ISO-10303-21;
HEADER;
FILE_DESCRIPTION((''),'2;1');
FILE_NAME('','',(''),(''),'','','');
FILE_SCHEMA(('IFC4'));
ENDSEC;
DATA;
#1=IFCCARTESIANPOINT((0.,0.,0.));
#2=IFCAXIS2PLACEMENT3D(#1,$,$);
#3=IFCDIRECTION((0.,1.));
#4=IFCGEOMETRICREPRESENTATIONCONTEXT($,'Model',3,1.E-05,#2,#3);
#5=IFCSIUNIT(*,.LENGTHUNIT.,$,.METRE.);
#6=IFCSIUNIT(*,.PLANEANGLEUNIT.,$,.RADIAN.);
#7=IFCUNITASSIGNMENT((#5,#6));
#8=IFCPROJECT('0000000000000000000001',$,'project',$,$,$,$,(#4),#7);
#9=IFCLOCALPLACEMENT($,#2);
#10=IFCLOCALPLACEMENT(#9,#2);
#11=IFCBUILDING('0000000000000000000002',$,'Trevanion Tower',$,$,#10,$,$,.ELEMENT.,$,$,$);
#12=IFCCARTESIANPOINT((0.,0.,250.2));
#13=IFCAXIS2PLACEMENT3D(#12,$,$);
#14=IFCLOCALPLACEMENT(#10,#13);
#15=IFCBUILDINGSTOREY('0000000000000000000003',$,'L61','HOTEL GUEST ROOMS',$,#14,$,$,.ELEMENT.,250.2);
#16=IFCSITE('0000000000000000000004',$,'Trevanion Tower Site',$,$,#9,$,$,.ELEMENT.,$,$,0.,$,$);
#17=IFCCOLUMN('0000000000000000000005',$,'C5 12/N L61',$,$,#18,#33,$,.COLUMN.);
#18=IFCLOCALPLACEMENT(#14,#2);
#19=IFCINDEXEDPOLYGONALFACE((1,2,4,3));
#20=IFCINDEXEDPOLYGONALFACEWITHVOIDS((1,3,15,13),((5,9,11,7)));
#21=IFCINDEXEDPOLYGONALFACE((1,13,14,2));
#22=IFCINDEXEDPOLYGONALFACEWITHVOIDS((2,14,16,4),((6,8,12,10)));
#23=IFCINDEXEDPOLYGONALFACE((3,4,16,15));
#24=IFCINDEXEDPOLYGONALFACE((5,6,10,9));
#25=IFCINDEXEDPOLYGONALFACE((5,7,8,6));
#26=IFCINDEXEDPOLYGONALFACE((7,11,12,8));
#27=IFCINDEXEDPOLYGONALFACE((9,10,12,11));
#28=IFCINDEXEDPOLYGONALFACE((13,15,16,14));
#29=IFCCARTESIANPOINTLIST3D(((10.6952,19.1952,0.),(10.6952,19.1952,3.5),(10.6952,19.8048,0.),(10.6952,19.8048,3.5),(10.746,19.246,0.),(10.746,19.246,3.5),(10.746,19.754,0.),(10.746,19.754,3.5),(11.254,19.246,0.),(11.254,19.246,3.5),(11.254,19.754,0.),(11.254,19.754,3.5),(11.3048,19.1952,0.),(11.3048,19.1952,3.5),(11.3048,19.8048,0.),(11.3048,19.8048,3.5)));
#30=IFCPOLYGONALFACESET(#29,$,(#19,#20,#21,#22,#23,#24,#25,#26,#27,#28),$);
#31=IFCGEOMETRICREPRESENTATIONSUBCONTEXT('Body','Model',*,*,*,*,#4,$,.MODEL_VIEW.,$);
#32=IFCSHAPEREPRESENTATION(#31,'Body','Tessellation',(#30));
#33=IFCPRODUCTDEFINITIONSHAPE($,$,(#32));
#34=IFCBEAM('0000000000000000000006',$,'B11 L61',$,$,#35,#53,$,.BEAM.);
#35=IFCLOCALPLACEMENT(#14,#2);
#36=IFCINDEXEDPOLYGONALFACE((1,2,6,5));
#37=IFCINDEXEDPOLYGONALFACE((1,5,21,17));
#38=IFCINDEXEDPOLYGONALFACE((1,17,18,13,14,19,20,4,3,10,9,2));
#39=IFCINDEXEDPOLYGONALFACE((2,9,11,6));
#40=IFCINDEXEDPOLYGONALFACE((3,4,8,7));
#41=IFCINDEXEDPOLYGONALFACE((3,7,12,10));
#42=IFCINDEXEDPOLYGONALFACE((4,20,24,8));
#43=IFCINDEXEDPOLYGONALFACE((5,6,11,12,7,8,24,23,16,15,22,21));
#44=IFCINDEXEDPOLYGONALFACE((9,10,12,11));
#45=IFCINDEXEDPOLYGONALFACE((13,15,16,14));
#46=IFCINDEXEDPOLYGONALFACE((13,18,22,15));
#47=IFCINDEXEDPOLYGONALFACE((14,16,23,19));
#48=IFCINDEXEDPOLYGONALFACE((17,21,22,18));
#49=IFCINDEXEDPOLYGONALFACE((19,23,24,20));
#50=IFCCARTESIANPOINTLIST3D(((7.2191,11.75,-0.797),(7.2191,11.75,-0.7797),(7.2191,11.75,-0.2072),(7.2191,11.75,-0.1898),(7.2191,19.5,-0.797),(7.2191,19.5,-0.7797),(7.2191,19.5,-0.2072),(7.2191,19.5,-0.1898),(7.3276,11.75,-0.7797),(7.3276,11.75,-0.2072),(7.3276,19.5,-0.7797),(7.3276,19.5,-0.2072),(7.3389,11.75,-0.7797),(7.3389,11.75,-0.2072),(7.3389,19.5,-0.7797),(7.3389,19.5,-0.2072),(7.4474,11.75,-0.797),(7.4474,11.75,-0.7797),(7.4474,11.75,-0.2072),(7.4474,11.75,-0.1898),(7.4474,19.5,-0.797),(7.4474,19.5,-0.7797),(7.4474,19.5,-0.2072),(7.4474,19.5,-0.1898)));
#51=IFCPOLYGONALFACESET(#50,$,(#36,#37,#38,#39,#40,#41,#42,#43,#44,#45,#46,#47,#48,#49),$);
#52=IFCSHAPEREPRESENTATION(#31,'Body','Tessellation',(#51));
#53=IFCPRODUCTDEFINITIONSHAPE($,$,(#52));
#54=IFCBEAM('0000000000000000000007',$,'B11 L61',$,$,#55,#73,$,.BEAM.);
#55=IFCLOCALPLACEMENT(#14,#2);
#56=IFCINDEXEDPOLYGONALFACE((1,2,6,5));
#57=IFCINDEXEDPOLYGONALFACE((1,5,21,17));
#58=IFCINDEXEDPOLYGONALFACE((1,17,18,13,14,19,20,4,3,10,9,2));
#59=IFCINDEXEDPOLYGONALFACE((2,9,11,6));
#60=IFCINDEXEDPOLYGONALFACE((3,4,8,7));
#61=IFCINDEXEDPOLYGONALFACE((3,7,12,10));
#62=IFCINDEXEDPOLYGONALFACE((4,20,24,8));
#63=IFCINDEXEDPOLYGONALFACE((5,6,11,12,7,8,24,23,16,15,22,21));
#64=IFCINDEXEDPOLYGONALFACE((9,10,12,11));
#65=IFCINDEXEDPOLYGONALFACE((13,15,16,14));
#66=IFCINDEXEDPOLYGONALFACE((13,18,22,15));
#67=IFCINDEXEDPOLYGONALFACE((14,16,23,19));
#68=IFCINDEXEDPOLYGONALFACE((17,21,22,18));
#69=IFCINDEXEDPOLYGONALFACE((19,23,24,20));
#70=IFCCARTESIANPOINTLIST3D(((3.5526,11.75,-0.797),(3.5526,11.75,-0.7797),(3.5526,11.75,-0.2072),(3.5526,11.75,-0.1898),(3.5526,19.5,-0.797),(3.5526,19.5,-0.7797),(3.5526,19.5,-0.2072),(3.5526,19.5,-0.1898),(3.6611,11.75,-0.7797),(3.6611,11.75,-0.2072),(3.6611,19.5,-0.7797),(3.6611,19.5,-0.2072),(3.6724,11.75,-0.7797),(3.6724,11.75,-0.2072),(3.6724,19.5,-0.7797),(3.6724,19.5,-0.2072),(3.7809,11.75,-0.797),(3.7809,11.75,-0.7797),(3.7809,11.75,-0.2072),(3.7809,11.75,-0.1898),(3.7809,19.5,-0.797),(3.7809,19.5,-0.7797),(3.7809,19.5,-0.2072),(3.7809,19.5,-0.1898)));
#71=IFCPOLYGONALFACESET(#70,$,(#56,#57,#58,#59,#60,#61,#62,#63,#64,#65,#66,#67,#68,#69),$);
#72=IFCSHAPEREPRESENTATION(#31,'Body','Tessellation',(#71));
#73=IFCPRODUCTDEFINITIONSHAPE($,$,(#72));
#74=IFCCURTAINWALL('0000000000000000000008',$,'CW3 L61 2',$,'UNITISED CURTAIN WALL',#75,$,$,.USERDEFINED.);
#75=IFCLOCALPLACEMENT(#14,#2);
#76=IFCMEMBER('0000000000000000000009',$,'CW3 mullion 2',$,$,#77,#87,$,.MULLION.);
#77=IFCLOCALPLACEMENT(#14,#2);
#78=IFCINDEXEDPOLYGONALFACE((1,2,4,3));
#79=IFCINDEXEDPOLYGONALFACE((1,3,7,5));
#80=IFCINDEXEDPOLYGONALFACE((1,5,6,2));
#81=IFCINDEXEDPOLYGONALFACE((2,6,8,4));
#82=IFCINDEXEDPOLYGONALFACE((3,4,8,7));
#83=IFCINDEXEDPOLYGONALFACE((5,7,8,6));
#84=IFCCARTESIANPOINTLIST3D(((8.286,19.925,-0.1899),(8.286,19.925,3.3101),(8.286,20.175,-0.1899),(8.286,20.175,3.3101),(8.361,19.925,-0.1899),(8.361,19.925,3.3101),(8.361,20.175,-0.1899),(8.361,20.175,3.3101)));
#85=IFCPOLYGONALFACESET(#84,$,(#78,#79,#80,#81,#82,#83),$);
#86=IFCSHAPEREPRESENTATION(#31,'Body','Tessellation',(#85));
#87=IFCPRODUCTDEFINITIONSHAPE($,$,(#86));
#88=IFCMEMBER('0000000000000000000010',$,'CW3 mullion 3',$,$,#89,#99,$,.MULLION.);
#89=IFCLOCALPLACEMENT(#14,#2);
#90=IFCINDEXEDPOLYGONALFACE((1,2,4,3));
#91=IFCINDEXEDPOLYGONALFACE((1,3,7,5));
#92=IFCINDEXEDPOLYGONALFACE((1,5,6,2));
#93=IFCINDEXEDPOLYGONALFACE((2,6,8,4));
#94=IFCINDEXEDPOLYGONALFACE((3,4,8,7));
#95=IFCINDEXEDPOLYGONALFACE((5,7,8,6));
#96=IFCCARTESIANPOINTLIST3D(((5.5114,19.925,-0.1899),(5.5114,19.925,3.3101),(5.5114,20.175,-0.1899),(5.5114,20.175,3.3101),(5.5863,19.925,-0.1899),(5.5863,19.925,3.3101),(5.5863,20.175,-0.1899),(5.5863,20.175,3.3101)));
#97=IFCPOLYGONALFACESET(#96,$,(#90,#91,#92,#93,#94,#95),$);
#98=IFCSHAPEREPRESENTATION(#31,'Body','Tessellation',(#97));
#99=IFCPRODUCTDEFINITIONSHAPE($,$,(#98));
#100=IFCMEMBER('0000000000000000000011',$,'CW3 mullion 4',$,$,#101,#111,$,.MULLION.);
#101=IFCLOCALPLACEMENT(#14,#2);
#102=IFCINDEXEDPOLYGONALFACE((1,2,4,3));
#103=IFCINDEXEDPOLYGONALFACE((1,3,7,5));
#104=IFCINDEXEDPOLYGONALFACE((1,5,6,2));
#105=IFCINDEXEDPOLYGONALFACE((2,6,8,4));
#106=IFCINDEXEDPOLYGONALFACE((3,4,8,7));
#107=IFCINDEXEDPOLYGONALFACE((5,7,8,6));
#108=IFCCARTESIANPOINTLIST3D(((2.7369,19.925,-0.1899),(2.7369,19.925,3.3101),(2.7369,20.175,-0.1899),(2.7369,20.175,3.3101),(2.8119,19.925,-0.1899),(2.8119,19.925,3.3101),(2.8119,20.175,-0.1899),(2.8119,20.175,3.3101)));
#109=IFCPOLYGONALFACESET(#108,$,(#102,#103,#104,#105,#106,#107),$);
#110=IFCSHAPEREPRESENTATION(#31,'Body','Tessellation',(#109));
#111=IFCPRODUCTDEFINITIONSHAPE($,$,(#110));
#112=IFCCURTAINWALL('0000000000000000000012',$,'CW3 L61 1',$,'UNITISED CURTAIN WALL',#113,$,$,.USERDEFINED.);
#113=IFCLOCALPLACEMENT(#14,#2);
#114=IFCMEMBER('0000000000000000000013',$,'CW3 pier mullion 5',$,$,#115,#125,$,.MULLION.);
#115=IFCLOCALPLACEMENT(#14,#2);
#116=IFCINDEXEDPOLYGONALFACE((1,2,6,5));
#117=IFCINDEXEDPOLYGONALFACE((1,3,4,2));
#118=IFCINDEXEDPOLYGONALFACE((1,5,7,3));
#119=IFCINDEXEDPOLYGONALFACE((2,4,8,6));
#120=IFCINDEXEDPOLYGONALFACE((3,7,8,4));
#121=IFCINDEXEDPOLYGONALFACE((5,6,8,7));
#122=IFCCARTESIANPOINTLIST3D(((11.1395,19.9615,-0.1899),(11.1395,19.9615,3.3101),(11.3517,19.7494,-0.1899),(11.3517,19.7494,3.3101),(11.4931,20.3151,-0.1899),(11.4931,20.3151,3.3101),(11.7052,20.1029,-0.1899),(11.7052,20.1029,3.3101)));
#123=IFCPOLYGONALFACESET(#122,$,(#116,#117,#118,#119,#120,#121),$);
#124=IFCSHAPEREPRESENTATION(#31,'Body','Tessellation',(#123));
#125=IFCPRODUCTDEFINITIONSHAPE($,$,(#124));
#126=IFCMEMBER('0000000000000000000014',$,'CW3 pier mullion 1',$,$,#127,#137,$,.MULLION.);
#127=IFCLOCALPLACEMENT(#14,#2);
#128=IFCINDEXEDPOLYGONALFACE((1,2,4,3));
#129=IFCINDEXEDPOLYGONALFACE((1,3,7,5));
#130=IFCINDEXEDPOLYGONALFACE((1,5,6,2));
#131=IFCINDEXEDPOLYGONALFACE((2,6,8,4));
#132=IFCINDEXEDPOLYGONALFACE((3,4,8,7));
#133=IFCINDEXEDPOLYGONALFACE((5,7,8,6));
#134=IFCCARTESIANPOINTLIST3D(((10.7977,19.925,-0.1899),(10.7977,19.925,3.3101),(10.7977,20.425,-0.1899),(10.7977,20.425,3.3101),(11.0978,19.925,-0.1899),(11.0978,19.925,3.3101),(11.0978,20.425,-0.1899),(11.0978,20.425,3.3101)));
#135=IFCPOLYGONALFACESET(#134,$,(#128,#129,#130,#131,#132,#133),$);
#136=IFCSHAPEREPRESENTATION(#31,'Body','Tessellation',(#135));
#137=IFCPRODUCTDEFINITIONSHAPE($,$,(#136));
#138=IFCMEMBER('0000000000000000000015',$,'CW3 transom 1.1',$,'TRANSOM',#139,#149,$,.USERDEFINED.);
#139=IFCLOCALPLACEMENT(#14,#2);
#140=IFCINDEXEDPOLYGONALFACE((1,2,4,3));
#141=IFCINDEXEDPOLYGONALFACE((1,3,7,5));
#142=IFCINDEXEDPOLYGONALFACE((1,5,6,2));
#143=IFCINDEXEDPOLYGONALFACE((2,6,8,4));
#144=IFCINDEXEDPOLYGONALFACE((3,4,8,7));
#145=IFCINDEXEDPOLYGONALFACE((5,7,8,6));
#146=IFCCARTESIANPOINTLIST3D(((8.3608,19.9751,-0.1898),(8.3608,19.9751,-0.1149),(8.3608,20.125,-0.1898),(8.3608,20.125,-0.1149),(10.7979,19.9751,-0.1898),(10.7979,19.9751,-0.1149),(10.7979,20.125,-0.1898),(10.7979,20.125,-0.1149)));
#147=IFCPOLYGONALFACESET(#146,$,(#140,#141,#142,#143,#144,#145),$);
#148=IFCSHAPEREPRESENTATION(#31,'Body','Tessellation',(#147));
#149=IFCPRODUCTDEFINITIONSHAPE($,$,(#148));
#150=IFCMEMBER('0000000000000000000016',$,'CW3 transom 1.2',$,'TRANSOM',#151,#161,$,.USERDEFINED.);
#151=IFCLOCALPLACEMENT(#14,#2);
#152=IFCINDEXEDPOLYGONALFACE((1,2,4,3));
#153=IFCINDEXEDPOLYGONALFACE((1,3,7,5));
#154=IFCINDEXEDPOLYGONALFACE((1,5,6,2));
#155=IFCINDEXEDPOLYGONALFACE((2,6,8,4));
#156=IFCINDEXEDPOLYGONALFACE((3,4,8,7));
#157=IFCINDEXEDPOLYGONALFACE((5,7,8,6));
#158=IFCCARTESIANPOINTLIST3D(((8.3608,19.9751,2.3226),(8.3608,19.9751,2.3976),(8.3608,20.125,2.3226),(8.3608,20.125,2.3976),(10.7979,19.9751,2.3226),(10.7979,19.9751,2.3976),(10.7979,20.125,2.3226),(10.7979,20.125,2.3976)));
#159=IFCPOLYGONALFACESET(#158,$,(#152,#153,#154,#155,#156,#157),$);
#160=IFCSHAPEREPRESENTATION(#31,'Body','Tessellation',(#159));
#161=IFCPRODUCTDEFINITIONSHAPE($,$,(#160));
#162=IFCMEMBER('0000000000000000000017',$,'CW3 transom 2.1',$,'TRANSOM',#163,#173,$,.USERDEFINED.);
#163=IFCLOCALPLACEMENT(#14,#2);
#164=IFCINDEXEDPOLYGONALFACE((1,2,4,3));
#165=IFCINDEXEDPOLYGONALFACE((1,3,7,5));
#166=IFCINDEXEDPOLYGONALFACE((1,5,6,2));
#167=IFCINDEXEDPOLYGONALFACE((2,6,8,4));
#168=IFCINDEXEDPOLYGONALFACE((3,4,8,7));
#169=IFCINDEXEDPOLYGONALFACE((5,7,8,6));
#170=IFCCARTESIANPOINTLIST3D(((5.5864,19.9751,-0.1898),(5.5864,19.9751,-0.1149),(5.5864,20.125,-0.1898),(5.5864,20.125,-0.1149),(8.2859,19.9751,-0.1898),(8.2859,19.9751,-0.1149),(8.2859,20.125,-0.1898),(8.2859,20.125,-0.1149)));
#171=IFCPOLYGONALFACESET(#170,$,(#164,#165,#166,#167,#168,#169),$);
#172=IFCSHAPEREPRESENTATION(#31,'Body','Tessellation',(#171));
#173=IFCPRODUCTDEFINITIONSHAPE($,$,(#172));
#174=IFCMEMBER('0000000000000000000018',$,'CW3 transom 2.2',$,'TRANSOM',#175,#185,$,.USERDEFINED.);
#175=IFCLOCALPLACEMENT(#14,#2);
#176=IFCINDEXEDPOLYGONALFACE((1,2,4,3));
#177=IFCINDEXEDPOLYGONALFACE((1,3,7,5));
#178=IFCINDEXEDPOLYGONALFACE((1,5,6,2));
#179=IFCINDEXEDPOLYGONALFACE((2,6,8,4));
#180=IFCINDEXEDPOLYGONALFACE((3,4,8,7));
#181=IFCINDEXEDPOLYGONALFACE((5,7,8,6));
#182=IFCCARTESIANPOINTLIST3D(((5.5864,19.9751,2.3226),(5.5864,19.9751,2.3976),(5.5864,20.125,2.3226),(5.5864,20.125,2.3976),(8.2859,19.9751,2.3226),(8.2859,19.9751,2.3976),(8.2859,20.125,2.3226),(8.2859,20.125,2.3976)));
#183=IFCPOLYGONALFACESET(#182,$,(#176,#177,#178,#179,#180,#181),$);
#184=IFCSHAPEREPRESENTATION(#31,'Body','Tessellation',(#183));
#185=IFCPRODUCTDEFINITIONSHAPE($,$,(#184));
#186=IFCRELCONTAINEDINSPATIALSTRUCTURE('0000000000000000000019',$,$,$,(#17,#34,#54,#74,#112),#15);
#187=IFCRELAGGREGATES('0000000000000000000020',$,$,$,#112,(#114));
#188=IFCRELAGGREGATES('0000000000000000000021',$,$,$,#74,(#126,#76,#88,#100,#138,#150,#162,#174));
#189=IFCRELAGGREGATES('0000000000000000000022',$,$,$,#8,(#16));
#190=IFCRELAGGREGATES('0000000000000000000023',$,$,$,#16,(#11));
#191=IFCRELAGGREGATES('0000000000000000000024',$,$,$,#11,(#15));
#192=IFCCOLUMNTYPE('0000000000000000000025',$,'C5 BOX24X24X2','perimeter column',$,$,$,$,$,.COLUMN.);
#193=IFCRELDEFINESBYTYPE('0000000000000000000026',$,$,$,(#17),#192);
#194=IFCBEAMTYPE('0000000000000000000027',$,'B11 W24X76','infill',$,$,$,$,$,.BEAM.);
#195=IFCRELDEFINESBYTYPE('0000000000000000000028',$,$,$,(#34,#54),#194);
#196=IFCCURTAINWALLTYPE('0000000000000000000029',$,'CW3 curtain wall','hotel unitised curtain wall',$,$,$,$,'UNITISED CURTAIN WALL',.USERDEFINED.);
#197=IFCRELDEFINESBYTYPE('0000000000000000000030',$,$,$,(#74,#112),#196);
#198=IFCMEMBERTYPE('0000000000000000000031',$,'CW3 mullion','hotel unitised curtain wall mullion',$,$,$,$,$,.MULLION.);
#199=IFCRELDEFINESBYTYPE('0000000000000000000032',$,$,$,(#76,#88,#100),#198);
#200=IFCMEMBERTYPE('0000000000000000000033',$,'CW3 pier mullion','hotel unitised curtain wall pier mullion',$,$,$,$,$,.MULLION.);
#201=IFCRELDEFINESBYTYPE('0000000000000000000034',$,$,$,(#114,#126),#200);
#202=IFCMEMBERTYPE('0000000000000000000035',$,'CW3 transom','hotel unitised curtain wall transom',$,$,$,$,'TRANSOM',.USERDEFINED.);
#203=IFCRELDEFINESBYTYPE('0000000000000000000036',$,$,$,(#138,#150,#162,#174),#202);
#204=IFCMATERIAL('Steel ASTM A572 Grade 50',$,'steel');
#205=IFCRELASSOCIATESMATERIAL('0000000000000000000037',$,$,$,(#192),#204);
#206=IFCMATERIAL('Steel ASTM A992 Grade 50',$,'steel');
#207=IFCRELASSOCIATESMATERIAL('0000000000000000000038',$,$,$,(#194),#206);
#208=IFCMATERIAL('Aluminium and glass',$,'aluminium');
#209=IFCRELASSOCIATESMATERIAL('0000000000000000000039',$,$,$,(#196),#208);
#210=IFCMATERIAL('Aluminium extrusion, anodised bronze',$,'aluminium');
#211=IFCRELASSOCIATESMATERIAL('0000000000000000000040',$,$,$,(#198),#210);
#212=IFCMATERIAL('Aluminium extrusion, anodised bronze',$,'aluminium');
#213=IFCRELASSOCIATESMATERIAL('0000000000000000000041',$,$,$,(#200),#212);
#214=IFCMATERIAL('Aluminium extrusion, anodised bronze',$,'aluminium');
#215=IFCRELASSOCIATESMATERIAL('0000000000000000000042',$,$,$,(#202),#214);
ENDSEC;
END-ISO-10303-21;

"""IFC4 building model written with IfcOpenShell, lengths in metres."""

from ifc_helpers import new_model, si_unit, direction, frame, origin, origin_2d, place, context, subcontext, project, spatial, rectangle, hollow_rectangle, i_section, extrude, material, material_profile, profile_set, type_object, element, aggregate, save


model = new_model("IFC4")

# Units and contexts
model_context = context("Model", 3, precision=1e-05, world=origin(), true_north=direction((0.0, 1.0)))
body_context = subcontext(model_context, "Body", "Model", "MODEL_VIEW")
ifc_project = project(units=[si_unit("LENGTHUNIT", "METRE"), si_unit("PLANEANGLEUNIT", "RADIAN")], contexts=[model_context])

# Site, building, storey
site_placement = place(None, origin())
site = spatial("IfcSite", under=ifc_project, at=site_placement, Name="Trevanion Tower Site", CompositionType="ELEMENT", RefElevation=0.0)
building_placement = place(site_placement, origin())
building = spatial("IfcBuilding", under=site, at=building_placement, Name="Trevanion Tower", CompositionType="ELEMENT")
storey_placement = place(building_placement, frame((0.0, 0.0, 250.2)))
storey = spatial("IfcBuildingStorey", under=building, at=storey_placement, Name="L61", Description="HOTEL GUEST ROOMS", CompositionType="ELEMENT", Elevation=250.2)

# Column
ifc_material_1 = material(Name="Steel ASTM A572 Grade 50", Category="steel")
ifc_material_profile_1 = material_profile(ifc_material_1, hollow_rectangle(XDim=0.6096, YDim=0.6096, WallThickness=0.0508, at=origin_2d()), Name="BOX24X24X2")
ifc_profile_set_1 = profile_set([ifc_material_profile_1], Name="Steel ASTM A572 Grade 50")
column_type = type_object("IfcColumnType", Name="C5 BOX24X24X2", Description="perimeter column", PredefinedType="COLUMN", material=ifc_profile_set_1)
column_placement = place(storey_placement, frame((11.0, 19.5, 0.0), z_axis=(0.0, 0.0, 1.0), x_axis=(1.0, 0.0, 0.0)))
element("IfcColumn", 1, at=column_placement, inside=storey, type_object=column_type, Name="C5 12/N L61", PredefinedType="COLUMN", context=body_context, shape_type="SweptSolid", body=[
    extrude(hollow_rectangle(XDim=0.6096, YDim=0.6096, WallThickness=0.0508, at=origin_2d()), origin(), (0.0, 0.0, 1.0), 3.5),
])

# Beams
ifc_material_2 = material(Name="Steel ASTM A992 Grade 50", Category="steel")
ifc_material_profile_2 = material_profile(ifc_material_2, i_section(OverallWidth=0.2283, OverallDepth=0.6072, WebThickness=0.0112, FlangeThickness=0.0173, at=origin_2d()), Name="W24X76")
ifc_profile_set_2 = profile_set([ifc_material_profile_2], Name="Steel ASTM A992 Grade 50")
beam_type_1 = type_object("IfcBeamType", Name="B11 W24X76", Description="infill", PredefinedType="BEAM", material=ifc_profile_set_2)
for number, where, z_axis, x_axis, name in (
    (2, (7.3333, 11.75, -0.4934), (0.0, 1.0, 0.0), (-1.0, 0.0, 0.0), "B11 L61"),
    (3, (3.6667, 11.75, -0.4934), (0.0, 1.0, 0.0), (-1.0, 0.0, 0.0), "B11 L61"),
):
    element("IfcBeam", number, at=place(storey_placement, frame(where, z_axis=z_axis, x_axis=x_axis)), inside=storey, type_object=beam_type_1, Name=name, PredefinedType="BEAM", context=body_context, shape_type="SweptSolid", body=[
        extrude(i_section(OverallWidth=0.2283, OverallDepth=0.6072, WebThickness=0.0112, FlangeThickness=0.0173, at=origin_2d()), origin(), (0.0, 0.0, 1.0), 7.75),
    ])

# Curtain wall, members
ifc_material_3 = material(Name="Aluminium and glass", Category="aluminium")
curtain_wall_type = type_object("IfcCurtainWallType", Name="CW3 curtain wall", Description="hotel unitised curtain wall", ElementType="UNITISED CURTAIN WALL", PredefinedType="USERDEFINED", material=ifc_material_3)
curtain_wall_1_placement = place(storey_placement, origin())
curtain_wall_1 = element("IfcCurtainWall", 4, at=curtain_wall_1_placement, inside=storey, type_object=curtain_wall_type, Name="CW3 L61 2", ObjectType="UNITISED CURTAIN WALL", PredefinedType="USERDEFINED")
ifc_material_4 = material(Name="Aluminium extrusion, anodised bronze", Category="aluminium")
ifc_material_profile_3 = material_profile(ifc_material_4, rectangle(XDim=0.075, YDim=0.25, at=origin_2d()), Name="CW3 mullion")
ifc_profile_set_3 = profile_set([ifc_material_profile_3], Name="Aluminium extrusion, anodised bronze")
member_type_1 = type_object("IfcMemberType", Name="CW3 mullion", Description="hotel unitised curtain wall mullion", PredefinedType="MULLION", material=ifc_profile_set_3)
member_1_placement = place(storey_placement, frame((8.3235, 20.05, -0.1899), z_axis=(0.0, 0.0, 1.0), x_axis=(-1.0, 0.0, 0.0)))
member_1 = element("IfcMember", 5, at=member_1_placement, type_object=member_type_1, Name="CW3 mullion 2", PredefinedType="MULLION", context=body_context, shape_type="SweptSolid", body=[
    extrude(rectangle(XDim=0.075, YDim=0.25, at=origin_2d()), origin(), (0.0, 0.0, 1.0), 3.5),
])
member_2_placement = place(storey_placement, frame((5.5488, 20.05, -0.1899), z_axis=(0.0, 0.0, 1.0), x_axis=(-1.0, 0.0, 0.0)))
member_2 = element("IfcMember", 6, at=member_2_placement, type_object=member_type_1, Name="CW3 mullion 3", PredefinedType="MULLION", context=body_context, shape_type="SweptSolid", body=[
    extrude(rectangle(XDim=0.075, YDim=0.25, at=origin_2d()), origin(), (0.0, 0.0, 1.0), 3.5),
])
member_3_placement = place(storey_placement, frame((2.7744, 20.05, -0.1899), z_axis=(0.0, 0.0, 1.0), x_axis=(-1.0, 0.0, 0.0)))
member_3 = element("IfcMember", 7, at=member_3_placement, type_object=member_type_1, Name="CW3 mullion 4", PredefinedType="MULLION", context=body_context, shape_type="SweptSolid", body=[
    extrude(rectangle(XDim=0.075, YDim=0.25, at=origin_2d()), origin(), (0.0, 0.0, 1.0), 3.5),
])

# Curtain wall, member
curtain_wall_2_placement = place(storey_placement, origin())
curtain_wall_2 = element("IfcCurtainWall", 8, at=curtain_wall_2_placement, inside=storey, type_object=curtain_wall_type, Name="CW3 L61 1", ObjectType="UNITISED CURTAIN WALL", PredefinedType="USERDEFINED")
ifc_material_5 = material(Name="Aluminium extrusion, anodised bronze", Category="aluminium")
ifc_material_profile_4 = material_profile(ifc_material_5, rectangle(XDim=0.3, YDim=0.5, at=origin_2d()), Name="CW3 pier mullion")
ifc_profile_set_4 = profile_set([ifc_material_profile_4], Name="Aluminium extrusion, anodised bronze")
member_type_2 = type_object("IfcMemberType", Name="CW3 pier mullion", Description="hotel unitised curtain wall pier mullion", PredefinedType="MULLION", material=ifc_profile_set_4)
member_4_placement = place(storey_placement, frame((11.4224, 20.0322, -0.1899), z_axis=(0.0, 0.0, 1.0), x_axis=(-0.707107, 0.707107, 0.0)))
member_4 = element("IfcMember", 9, at=member_4_placement, type_object=member_type_2, Name="CW3 pier mullion 5", PredefinedType="MULLION", context=body_context, shape_type="SweptSolid", body=[
    extrude(rectangle(XDim=0.3, YDim=0.5, at=origin_2d()), origin(), (0.0, 0.0, 1.0), 3.5),
])
aggregate(curtain_wall_2, [member_4])

# Members
member_5_placement = place(storey_placement, frame((10.9478, 20.175, -0.1899), z_axis=(0.0, 0.0, 1.0), x_axis=(-1.0, 0.0, 0.0)))
member_5 = element("IfcMember", 10, at=member_5_placement, type_object=member_type_2, Name="CW3 pier mullion 1", PredefinedType="MULLION", context=body_context, shape_type="SweptSolid", body=[
    extrude(rectangle(XDim=0.3, YDim=0.5, at=origin_2d()), origin(), (0.0, 0.0, 1.0), 3.5),
])
ifc_material_6 = material(Name="Aluminium extrusion, anodised bronze", Category="aluminium")
ifc_material_profile_5 = material_profile(ifc_material_6, rectangle(XDim=0.1499, YDim=0.075, at=origin_2d()), Name="CW3 transom")
ifc_profile_set_5 = profile_set([ifc_material_profile_5], Name="Aluminium extrusion, anodised bronze")
member_type_3 = type_object("IfcMemberType", Name="CW3 transom", Description="hotel unitised curtain wall transom", ElementType="TRANSOM", PredefinedType="USERDEFINED", material=ifc_profile_set_5)
member_6_placement = place(storey_placement, frame((10.7979, 20.05, -0.1523), z_axis=(-1.0, 0.0, 0.0), x_axis=(0.0, -1.0, 0.0)))
member_6 = element("IfcMember", 11, at=member_6_placement, type_object=member_type_3, Name="CW3 transom 1.1", ObjectType="TRANSOM", PredefinedType="USERDEFINED", context=body_context, shape_type="SweptSolid", body=[
    extrude(rectangle(XDim=0.1499, YDim=0.075, at=origin_2d()), origin(), (0.0, 0.0, 1.0), 2.437),
])
member_7_placement = place(storey_placement, frame((10.7979, 20.05, 2.3601), z_axis=(-1.0, 0.0, 0.0), x_axis=(0.0, -1.0, 0.0)))
member_7 = element("IfcMember", 12, at=member_7_placement, type_object=member_type_3, Name="CW3 transom 1.2", ObjectType="TRANSOM", PredefinedType="USERDEFINED", context=body_context, shape_type="SweptSolid", body=[
    extrude(rectangle(XDim=0.1499, YDim=0.075, at=origin_2d()), origin(), (0.0, 0.0, 1.0), 2.437),
])
member_8_placement = place(storey_placement, frame((8.2859, 20.05, -0.1523), z_axis=(-1.0, 0.0, 0.0), x_axis=(0.0, -1.0, 0.0)))
member_8 = element("IfcMember", 13, at=member_8_placement, type_object=member_type_3, Name="CW3 transom 2.1", ObjectType="TRANSOM", PredefinedType="USERDEFINED", context=body_context, shape_type="SweptSolid", body=[
    extrude(rectangle(XDim=0.1499, YDim=0.075, at=origin_2d()), origin(), (0.0, 0.0, 1.0), 2.6995),
])
member_9_placement = place(storey_placement, frame((8.2859, 20.05, 2.3601), z_axis=(-1.0, 0.0, 0.0), x_axis=(0.0, -1.0, 0.0)))
member_9 = element("IfcMember", 14, at=member_9_placement, type_object=member_type_3, Name="CW3 transom 2.2", ObjectType="TRANSOM", PredefinedType="USERDEFINED", context=body_context, shape_type="SweptSolid", body=[
    extrude(rectangle(XDim=0.1499, YDim=0.075, at=origin_2d()), origin(), (0.0, 0.0, 1.0), 2.6995),
])

aggregate(curtain_wall_1, [member_5, member_1, member_2, member_3, member_6, member_7, member_8, member_9])

save(model, "model.ifc")
